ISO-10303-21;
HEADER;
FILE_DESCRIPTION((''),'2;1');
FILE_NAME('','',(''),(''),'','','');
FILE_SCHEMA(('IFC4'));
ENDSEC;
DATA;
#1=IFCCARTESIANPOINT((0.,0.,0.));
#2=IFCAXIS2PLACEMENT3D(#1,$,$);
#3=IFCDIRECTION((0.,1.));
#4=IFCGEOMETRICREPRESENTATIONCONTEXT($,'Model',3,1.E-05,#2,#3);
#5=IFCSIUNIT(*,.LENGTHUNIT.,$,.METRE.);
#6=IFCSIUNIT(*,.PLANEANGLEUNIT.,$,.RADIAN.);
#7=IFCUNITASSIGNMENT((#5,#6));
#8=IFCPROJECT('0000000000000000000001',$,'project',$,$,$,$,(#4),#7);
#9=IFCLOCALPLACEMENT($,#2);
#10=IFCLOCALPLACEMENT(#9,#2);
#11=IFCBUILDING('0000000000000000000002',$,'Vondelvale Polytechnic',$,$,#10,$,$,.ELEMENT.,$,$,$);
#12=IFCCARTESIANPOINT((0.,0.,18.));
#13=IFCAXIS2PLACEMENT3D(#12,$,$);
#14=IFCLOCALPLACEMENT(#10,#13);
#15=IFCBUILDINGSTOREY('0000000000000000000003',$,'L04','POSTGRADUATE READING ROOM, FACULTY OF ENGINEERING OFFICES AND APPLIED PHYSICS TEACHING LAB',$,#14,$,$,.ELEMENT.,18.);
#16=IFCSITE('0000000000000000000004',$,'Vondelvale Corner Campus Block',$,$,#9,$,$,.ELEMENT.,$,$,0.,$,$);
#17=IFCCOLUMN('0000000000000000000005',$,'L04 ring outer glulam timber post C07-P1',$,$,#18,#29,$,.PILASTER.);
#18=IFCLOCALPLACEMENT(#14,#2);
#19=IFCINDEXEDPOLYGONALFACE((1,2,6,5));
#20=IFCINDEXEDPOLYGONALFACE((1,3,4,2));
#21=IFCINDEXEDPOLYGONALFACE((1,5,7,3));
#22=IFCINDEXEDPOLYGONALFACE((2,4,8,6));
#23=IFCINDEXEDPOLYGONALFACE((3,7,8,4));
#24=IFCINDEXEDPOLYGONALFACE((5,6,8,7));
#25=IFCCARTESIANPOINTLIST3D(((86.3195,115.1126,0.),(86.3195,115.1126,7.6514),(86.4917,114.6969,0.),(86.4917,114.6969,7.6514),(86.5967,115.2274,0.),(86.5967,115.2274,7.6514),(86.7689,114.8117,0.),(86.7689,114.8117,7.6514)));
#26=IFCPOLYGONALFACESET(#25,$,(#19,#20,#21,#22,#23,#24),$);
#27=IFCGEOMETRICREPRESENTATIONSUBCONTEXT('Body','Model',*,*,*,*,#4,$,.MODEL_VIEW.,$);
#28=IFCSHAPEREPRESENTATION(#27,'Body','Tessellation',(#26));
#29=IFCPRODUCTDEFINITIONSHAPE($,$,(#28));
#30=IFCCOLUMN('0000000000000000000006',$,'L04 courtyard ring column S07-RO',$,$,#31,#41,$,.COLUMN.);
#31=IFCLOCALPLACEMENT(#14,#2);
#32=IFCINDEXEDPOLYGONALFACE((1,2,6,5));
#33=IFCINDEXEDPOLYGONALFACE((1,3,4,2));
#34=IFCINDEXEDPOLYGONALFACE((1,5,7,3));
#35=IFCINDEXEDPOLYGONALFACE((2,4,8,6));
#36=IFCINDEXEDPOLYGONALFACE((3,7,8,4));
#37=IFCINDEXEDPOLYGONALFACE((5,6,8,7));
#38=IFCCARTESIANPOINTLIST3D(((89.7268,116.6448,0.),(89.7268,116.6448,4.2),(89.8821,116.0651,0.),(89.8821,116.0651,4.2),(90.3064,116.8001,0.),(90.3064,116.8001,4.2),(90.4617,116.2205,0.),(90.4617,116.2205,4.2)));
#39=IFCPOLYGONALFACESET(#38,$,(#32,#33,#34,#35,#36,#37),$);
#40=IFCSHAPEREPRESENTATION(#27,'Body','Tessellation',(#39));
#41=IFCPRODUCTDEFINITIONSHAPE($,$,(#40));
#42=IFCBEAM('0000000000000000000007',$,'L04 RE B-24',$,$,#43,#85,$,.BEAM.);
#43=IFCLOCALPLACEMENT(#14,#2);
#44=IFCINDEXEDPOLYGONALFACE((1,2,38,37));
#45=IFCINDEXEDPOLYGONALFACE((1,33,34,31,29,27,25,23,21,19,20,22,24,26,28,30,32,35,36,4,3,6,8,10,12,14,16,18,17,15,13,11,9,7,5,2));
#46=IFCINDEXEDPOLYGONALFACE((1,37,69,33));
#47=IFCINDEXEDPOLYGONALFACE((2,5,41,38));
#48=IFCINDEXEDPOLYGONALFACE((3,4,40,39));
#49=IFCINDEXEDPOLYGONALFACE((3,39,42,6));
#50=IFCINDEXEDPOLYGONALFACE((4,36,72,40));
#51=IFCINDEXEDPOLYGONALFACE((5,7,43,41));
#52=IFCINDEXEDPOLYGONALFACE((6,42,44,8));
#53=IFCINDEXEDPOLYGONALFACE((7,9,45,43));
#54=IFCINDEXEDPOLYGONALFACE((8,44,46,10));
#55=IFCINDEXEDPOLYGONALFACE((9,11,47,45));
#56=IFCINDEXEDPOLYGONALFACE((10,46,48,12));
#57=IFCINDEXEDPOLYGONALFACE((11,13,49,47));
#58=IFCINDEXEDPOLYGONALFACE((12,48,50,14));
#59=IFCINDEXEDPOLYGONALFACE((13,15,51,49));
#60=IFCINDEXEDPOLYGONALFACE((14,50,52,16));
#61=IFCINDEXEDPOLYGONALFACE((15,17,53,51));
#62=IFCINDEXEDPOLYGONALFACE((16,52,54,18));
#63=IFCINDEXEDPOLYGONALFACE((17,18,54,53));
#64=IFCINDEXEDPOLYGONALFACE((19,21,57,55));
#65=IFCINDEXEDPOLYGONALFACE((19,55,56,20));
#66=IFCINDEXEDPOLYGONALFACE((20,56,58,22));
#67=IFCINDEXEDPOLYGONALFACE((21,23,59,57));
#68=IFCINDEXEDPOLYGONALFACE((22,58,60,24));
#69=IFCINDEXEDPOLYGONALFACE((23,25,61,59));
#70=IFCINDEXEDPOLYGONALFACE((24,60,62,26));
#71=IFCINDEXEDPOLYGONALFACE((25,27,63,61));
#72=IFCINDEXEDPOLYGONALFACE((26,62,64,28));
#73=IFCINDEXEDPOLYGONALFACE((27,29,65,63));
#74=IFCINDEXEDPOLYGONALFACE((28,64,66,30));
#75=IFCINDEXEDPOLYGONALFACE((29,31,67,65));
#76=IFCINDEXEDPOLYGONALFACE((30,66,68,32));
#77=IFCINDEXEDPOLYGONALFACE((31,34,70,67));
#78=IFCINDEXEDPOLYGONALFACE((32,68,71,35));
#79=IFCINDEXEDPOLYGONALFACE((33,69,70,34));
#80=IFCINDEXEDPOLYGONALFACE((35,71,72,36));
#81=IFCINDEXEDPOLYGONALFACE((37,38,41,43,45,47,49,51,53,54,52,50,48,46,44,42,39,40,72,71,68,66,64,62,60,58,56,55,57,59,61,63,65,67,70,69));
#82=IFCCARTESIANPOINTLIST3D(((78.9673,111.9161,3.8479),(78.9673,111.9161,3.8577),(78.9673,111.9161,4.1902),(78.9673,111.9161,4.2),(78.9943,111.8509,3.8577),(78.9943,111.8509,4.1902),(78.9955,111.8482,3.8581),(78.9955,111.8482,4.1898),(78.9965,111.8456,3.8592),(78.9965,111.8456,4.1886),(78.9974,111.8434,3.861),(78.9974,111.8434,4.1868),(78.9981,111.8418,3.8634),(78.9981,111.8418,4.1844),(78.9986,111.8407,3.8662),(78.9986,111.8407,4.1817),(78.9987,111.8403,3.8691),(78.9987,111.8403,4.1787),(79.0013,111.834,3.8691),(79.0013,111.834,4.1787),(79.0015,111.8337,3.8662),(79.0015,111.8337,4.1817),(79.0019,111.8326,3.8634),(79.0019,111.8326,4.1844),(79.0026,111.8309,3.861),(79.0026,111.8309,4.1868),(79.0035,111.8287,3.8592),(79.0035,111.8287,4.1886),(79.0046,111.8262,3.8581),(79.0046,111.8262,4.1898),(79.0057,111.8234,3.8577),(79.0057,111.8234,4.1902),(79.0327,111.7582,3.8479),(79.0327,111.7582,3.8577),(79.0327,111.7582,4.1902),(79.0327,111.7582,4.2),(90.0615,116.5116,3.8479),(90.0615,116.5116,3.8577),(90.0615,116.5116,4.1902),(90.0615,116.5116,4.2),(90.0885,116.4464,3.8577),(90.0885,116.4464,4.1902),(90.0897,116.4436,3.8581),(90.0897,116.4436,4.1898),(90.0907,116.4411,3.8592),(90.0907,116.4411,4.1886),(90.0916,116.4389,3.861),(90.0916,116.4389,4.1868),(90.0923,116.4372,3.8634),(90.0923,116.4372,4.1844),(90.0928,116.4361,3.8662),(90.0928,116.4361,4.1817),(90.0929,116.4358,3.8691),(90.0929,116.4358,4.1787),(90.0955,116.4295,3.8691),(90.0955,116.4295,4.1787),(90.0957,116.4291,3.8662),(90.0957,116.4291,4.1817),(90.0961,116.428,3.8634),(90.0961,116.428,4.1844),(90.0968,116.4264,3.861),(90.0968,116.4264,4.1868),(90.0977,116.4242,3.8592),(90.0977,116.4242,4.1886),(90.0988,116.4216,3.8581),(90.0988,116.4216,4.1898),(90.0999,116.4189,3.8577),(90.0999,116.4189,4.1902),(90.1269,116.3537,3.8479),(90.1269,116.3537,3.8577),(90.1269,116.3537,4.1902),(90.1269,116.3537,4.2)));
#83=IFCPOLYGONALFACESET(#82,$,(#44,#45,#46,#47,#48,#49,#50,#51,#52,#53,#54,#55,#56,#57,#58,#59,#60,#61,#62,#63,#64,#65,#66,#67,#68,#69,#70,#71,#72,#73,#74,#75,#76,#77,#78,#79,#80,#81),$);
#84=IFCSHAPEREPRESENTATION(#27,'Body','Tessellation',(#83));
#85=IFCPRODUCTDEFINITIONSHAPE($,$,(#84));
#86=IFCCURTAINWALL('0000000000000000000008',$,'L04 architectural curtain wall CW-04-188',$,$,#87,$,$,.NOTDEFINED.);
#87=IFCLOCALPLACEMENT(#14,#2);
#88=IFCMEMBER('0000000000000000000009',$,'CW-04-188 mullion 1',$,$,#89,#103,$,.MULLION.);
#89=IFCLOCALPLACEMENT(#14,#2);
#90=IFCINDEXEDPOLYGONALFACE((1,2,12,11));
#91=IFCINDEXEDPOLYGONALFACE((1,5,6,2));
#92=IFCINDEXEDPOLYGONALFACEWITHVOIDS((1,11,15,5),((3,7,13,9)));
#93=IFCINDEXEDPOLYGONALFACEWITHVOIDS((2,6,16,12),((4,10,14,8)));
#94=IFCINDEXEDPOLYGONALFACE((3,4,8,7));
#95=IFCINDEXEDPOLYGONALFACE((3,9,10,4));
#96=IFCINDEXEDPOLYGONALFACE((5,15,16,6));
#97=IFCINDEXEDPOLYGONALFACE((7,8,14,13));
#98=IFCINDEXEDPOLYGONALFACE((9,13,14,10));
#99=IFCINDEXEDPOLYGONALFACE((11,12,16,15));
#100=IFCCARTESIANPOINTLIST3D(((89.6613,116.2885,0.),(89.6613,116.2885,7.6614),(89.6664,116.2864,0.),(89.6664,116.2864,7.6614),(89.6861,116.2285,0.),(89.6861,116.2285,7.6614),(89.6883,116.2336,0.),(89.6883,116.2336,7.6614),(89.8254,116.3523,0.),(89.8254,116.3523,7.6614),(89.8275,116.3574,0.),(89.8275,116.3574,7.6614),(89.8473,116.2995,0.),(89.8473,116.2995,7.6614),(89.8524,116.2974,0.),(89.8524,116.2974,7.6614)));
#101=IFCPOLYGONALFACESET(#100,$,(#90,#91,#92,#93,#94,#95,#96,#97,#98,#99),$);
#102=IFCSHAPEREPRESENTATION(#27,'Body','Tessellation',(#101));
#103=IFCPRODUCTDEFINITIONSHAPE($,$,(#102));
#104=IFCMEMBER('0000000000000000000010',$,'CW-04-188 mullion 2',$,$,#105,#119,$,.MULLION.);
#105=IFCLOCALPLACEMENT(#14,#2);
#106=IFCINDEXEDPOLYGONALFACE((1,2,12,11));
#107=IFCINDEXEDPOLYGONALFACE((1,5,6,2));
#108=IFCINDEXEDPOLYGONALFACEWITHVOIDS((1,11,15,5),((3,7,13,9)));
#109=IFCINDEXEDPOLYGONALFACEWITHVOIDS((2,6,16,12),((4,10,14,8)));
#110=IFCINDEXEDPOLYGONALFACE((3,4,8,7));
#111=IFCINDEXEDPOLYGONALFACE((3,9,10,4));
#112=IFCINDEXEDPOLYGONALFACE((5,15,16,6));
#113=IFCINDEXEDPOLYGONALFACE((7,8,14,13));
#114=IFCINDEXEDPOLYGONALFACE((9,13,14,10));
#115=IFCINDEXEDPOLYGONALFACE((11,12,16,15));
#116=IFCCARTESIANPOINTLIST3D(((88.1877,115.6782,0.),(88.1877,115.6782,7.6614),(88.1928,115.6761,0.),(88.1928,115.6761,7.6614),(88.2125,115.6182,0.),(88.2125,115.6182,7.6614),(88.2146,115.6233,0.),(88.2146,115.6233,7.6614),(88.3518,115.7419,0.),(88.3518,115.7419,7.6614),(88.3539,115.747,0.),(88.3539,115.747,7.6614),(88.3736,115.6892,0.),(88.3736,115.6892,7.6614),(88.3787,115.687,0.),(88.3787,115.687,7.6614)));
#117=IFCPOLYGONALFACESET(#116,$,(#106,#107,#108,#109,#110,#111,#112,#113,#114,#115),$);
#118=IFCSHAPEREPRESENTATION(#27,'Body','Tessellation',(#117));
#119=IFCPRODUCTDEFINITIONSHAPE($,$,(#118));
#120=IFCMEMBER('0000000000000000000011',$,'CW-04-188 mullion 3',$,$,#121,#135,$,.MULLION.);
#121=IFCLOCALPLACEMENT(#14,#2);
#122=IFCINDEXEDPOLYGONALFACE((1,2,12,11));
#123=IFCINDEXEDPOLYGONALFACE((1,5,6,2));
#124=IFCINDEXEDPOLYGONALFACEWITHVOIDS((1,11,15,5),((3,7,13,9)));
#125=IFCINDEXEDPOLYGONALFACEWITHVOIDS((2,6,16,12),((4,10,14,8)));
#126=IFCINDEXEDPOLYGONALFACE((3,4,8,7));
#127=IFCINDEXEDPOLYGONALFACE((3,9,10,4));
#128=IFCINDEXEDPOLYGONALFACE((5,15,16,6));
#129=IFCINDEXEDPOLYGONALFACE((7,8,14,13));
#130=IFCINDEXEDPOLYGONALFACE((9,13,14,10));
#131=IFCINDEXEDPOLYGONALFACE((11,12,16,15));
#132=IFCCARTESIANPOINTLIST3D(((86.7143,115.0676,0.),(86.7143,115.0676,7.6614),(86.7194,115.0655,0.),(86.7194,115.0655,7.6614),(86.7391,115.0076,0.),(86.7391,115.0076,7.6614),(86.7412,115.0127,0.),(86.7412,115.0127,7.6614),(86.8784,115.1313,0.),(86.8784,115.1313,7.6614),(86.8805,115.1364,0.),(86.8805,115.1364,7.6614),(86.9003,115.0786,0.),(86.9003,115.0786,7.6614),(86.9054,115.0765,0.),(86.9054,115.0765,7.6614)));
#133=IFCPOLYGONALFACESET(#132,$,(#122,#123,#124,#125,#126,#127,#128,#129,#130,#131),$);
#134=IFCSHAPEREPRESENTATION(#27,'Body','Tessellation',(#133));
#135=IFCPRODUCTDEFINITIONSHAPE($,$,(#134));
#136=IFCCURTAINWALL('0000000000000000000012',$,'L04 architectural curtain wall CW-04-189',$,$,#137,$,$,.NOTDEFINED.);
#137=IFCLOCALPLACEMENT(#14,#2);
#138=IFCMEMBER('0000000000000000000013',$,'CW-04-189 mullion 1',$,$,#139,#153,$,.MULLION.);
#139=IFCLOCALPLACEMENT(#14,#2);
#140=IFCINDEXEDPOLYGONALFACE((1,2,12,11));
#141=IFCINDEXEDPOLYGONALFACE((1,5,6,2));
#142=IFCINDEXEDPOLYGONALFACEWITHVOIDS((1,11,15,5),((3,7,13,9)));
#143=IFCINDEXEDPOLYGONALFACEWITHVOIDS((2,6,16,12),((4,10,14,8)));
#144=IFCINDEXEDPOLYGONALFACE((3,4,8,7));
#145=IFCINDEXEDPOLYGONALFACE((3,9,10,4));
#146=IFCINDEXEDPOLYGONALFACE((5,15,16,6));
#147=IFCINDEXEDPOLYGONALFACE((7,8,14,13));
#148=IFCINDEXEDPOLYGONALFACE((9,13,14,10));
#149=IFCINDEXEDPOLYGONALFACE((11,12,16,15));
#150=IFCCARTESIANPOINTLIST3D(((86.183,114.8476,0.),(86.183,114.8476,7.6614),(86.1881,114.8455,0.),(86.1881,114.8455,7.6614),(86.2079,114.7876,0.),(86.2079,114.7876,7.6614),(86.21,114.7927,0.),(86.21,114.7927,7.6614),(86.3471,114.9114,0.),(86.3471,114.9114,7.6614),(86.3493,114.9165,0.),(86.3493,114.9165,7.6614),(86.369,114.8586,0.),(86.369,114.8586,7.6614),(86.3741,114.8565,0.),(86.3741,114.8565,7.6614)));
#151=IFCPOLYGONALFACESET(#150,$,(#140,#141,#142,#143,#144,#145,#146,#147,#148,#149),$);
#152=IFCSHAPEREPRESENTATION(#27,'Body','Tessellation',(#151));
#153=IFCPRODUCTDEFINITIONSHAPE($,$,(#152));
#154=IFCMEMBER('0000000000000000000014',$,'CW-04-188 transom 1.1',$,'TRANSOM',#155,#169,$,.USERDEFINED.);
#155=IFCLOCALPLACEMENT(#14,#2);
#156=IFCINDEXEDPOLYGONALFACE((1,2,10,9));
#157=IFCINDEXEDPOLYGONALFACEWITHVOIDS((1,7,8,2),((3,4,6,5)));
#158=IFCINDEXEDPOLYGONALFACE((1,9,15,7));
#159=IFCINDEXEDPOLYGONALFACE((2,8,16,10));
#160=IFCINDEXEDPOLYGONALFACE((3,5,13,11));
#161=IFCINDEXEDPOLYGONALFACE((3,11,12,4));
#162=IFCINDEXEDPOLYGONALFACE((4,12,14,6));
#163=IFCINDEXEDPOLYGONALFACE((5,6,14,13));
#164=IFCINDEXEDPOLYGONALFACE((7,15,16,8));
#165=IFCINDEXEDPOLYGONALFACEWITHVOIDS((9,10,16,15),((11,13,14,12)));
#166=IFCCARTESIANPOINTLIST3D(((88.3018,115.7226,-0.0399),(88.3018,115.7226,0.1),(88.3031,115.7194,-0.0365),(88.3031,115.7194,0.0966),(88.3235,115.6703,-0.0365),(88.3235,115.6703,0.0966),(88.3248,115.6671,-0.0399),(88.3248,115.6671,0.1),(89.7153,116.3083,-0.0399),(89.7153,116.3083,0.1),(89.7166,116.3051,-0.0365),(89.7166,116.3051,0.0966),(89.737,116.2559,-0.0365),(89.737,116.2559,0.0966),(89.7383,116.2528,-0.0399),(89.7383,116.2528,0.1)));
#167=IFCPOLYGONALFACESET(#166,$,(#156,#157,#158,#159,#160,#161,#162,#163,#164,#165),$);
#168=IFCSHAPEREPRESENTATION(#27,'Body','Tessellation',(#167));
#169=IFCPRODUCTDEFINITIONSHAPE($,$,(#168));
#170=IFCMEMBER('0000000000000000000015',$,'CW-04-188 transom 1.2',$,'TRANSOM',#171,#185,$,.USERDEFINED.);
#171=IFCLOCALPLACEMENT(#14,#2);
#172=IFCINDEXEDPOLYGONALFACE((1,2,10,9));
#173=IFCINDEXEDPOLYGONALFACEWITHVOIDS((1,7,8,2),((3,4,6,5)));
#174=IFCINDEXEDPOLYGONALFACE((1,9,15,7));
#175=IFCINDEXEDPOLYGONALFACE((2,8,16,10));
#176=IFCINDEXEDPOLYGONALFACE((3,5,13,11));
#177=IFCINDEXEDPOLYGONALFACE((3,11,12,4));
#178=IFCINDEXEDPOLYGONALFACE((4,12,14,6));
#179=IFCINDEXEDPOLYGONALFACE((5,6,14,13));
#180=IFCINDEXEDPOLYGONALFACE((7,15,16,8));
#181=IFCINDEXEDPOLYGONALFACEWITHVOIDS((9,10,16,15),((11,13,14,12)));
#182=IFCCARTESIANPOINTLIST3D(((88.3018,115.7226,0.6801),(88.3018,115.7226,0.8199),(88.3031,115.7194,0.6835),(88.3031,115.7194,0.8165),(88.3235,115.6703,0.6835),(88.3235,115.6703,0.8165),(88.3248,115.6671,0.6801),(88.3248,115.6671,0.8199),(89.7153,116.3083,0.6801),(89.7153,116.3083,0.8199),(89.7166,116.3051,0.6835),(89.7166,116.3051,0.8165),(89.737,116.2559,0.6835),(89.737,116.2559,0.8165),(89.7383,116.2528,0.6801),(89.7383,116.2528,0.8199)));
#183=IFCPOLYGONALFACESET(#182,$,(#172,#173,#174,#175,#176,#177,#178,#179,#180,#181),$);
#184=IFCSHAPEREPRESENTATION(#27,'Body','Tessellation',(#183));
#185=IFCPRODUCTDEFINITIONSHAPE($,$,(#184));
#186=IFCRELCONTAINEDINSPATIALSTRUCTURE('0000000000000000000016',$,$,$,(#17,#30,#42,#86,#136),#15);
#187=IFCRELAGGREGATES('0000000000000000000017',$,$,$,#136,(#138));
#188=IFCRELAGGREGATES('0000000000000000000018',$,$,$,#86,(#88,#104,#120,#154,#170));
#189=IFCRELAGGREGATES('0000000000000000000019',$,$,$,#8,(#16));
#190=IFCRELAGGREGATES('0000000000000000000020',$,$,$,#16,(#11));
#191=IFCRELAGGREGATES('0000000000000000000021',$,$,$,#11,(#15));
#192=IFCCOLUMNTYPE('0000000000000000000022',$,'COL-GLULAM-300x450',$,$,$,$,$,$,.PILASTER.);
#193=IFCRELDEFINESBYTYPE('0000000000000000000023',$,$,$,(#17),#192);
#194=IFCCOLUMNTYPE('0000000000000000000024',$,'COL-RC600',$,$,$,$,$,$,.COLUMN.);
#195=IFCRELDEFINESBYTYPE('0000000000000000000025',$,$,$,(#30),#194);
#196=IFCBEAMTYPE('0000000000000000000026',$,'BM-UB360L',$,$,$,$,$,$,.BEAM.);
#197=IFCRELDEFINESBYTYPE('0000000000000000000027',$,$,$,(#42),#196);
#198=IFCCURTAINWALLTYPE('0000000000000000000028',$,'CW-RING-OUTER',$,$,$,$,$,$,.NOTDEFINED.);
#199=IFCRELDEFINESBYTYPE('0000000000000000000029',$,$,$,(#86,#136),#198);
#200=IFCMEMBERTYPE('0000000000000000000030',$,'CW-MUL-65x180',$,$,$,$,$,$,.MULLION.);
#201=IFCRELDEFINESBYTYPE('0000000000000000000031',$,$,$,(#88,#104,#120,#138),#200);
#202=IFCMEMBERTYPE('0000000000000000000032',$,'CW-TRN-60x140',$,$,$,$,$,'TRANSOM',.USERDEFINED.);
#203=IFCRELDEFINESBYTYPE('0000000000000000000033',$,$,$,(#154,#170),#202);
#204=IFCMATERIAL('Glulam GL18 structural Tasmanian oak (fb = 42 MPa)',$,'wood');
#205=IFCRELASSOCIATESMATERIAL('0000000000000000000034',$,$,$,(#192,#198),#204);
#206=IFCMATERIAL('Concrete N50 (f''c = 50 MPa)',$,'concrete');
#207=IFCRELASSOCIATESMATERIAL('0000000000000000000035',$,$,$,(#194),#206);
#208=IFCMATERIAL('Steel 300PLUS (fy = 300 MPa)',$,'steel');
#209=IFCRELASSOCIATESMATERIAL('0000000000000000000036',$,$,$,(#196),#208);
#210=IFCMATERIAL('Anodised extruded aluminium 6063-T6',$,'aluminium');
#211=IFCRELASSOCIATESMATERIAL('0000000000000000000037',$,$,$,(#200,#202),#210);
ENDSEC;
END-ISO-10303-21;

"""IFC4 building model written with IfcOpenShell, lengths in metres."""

from ifc_helpers import new_model, si_unit, direction, frame, origin, origin_2d, place, context, subcontext, project, spatial, rectangle, hollow_rectangle, i_section, extrude, material, material_profile, profile_set, type_object, element, aggregate, save


model = new_model("IFC4")

# Units and contexts
model_context = context("Model", 3, precision=1e-05, world=origin(), true_north=direction((0.0, 1.0)))
body_context = subcontext(model_context, "Body", "Model", "MODEL_VIEW")
ifc_project = project(units=[si_unit("LENGTHUNIT", "METRE"), si_unit("PLANEANGLEUNIT", "RADIAN")], contexts=[model_context])

# Site, building, storey
site_placement = place(None, origin())
site = spatial("IfcSite", under=ifc_project, at=site_placement, Name="Vondelvale Corner Campus Block", CompositionType="ELEMENT", RefElevation=0.0)
building_placement = place(site_placement, origin())
building = spatial("IfcBuilding", under=site, at=building_placement, Name="Vondelvale Polytechnic", CompositionType="ELEMENT")
storey_placement = place(building_placement, frame((0.0, 0.0, 18.0)))
storey = spatial("IfcBuildingStorey", under=building, at=storey_placement, Name="L04", Description="POSTGRADUATE READING ROOM, FACULTY OF ENGINEERING OFFICES AND APPLIED PHYSICS TEACHING LAB", CompositionType="ELEMENT", Elevation=18.0)

# Columns
ifc_material_1 = material(Name="Glulam GL18 structural Tasmanian oak (fb = 42 MPa)", Category="wood")
ifc_material_profile_1 = material_profile(ifc_material_1, rectangle(XDim=0.3, YDim=0.45, at=origin_2d()), Name="GL-POST-300x450")
ifc_profile_set_1 = profile_set([ifc_material_profile_1], Name="Glulam GL18 structural Tasmanian oak (fb = 42 MPa)")
column_type_1 = type_object("IfcColumnType", Name="COL-GLULAM-300x450", PredefinedType="PILASTER", material=ifc_profile_set_1)
column_1_placement = place(storey_placement, frame((86.5442, 114.9622, 0.0), z_axis=(0.0, 0.0, 1.0), x_axis=(0.92388, 0.382683, 0.0)))
element("IfcColumn", 1, at=column_1_placement, inside=storey, type_object=column_type_1, Name="L04 ring outer glulam timber post C07-P1", PredefinedType="PILASTER", context=body_context, shape_type="SweptSolid", body=[
    extrude(rectangle(XDim=0.3, YDim=0.45, at=origin_2d()), origin(), (0.0, 0.0, 1.0), 7.6514),
])
ifc_material_2 = material(Name="Concrete N50 (f'c = 50 MPa)", Category="concrete")
ifc_material_profile_2 = material_profile(ifc_material_2, rectangle(XDim=0.6001, YDim=0.6001, at=origin_2d()), Name="RC-COL-600x600")
ifc_profile_set_2 = profile_set([ifc_material_profile_2], Name="Concrete N50 (f'c = 50 MPa)")
column_type_2 = type_object("IfcColumnType", Name="COL-RC600", PredefinedType="COLUMN", material=ifc_profile_set_2)
column_2_placement = place(storey_placement, frame((90.0942, 116.4326, 0.0), z_axis=(0.0, 0.0, 1.0), x_axis=(-0.258819, 0.965926, 0.0)))
element("IfcColumn", 2, at=column_2_placement, inside=storey, type_object=column_type_2, Name="L04 courtyard ring column S07-RO", PredefinedType="COLUMN", context=body_context, shape_type="SweptSolid", body=[
    extrude(rectangle(XDim=0.6001, YDim=0.6001, at=origin_2d()), origin(), (0.0, 0.0, 1.0), 4.2),
])

# Beam
ifc_material_3 = material(Name="Steel 300PLUS (fy = 300 MPa)", Category="steel")
ifc_material_profile_3 = material_profile(ifc_material_3, i_section(OverallWidth=0.1709, OverallDepth=0.3521, WebThickness=0.0068, FlangeThickness=0.0098, FilletRadius=0.0115, at=origin_2d()), Name="360UB44.7")
ifc_profile_set_3 = profile_set([ifc_material_profile_3], Name="Steel 300PLUS (fy = 300 MPa)")
beam_type = type_object("IfcBeamType", Name="BM-UB360L", PredefinedType="BEAM", material=ifc_profile_set_3)
beam_placement = place(storey_placement, frame((90.0942, 116.4326, 4.0239), z_axis=(-0.923877, -0.382689, 0.0), x_axis=(0.382689, -0.923877, 0.0)))
element("IfcBeam", 3, at=beam_placement, inside=storey, type_object=beam_type, Name="L04 RE B-24", PredefinedType="BEAM", context=body_context, shape_type="SweptSolid", body=[
    extrude(i_section(OverallWidth=0.1709, OverallDepth=0.3521, WebThickness=0.0068, FlangeThickness=0.0098, FilletRadius=0.0115, at=origin_2d()), origin(), (0.0, 0.0, 1.0), 12.0083),
])

# Curtain wall, members
curtain_wall_type = type_object("IfcCurtainWallType", Name="CW-RING-OUTER", PredefinedType="NOTDEFINED", material=ifc_material_1)
curtain_wall_1_placement = place(storey_placement, origin())
curtain_wall_1 = element("IfcCurtainWall", 4, at=curtain_wall_1_placement, inside=storey, type_object=curtain_wall_type, Name="L04 architectural curtain wall CW-04-188", PredefinedType="NOTDEFINED")
ifc_material_4 = material(Name="Anodised extruded aluminium 6063-T6", Category="aluminium")
ifc_material_profile_4 = material_profile(ifc_material_4, hollow_rectangle(XDim=0.0649, YDim=0.1799, WallThickness=0.0039, at=origin_2d()), Name="CW-MUL-180x65")
ifc_profile_set_4 = profile_set([ifc_material_profile_4], Name="Anodised extruded aluminium 6063-T6")
member_type_1 = type_object("IfcMemberType", Name="CW-MUL-65x180", PredefinedType="MULLION", material=ifc_profile_set_4)
member_1_placement = place(storey_placement, frame((89.7568, 116.293, 0.0), z_axis=(0.0, 0.0, 1.0), x_axis=(0.382677, -0.923882, 0.0)))
member_1 = element("IfcMember", 5, at=member_1_placement, type_object=member_type_1, Name="CW-04-188 mullion 1", PredefinedType="MULLION", context=body_context, shape_type="SweptSolid", body=[
    extrude(hollow_rectangle(XDim=0.0649, YDim=0.1799, WallThickness=0.0039, at=origin_2d()), origin(), (0.0, 0.0, 1.0), 7.6614),
])
member_2_placement = place(storey_placement, frame((88.2832, 115.6826, 0.0), z_axis=(0.0, 0.0, 1.0), x_axis=(0.382677, -0.923882, 0.0)))
member_2 = element("IfcMember", 6, at=member_2_placement, type_object=member_type_1, Name="CW-04-188 mullion 2", PredefinedType="MULLION", context=body_context, shape_type="SweptSolid", body=[
    extrude(hollow_rectangle(XDim=0.0649, YDim=0.1799, WallThickness=0.0039, at=origin_2d()), origin(), (0.0, 0.0, 1.0), 7.6614),
])
member_3_placement = place(storey_placement, frame((86.8098, 115.072, 0.0), z_axis=(0.0, 0.0, 1.0), x_axis=(0.382677, -0.923882, 0.0)))
member_3 = element("IfcMember", 7, at=member_3_placement, type_object=member_type_1, Name="CW-04-188 mullion 3", PredefinedType="MULLION", context=body_context, shape_type="SweptSolid", body=[
    extrude(hollow_rectangle(XDim=0.0649, YDim=0.1799, WallThickness=0.0039, at=origin_2d()), origin(), (0.0, 0.0, 1.0), 7.6614),
])

# Curtain wall, member
curtain_wall_2_placement = place(storey_placement, origin())
curtain_wall_2 = element("IfcCurtainWall", 8, at=curtain_wall_2_placement, inside=storey, type_object=curtain_wall_type, Name="L04 architectural curtain wall CW-04-189", PredefinedType="NOTDEFINED")
member_4_placement = place(storey_placement, frame((86.2786, 114.8521, 0.0), z_axis=(0.0, 0.0, 1.0), x_axis=(0.382695, -0.923875, 0.0)))
member_4 = element("IfcMember", 9, at=member_4_placement, type_object=member_type_1, Name="CW-04-189 mullion 1", PredefinedType="MULLION", context=body_context, shape_type="SweptSolid", body=[
    extrude(hollow_rectangle(XDim=0.0649, YDim=0.1799, WallThickness=0.0039, at=origin_2d()), origin(), (0.0, 0.0, 1.0), 7.6614),
])

# Members
ifc_material_profile_5 = material_profile(ifc_material_4, hollow_rectangle(XDim=0.0601, YDim=0.1399, WallThickness=0.0034, at=origin_2d()), Name="CW-TRN-140x60")
ifc_profile_set_5 = profile_set([ifc_material_profile_5], Name="Anodised extruded aluminium 6063-T6")
member_type_2 = type_object("IfcMemberType", Name="CW-TRN-60x140", ElementType="TRANSOM", PredefinedType="USERDEFINED", material=ifc_profile_set_5)
member_5_placement = place(storey_placement, frame((89.7268, 116.2805, 0.03), z_axis=(-0.92384, -0.382779, 0.0), x_axis=(0.382779, -0.92384, 0.0)))
member_5 = element("IfcMember", 10, at=member_5_placement, type_object=member_type_2, Name="CW-04-188 transom 1.1", ObjectType="TRANSOM", PredefinedType="USERDEFINED", context=body_context, shape_type="SweptSolid", body=[
    extrude(hollow_rectangle(XDim=0.0601, YDim=0.1399, WallThickness=0.0034, at=origin_2d()), origin(), (0.0, 0.0, 1.0), 1.53),
])
member_6_placement = place(storey_placement, frame((89.7268, 116.2805, 0.75), z_axis=(-0.92384, -0.382779, 0.0), x_axis=(0.382779, -0.92384, 0.0)))
member_6 = element("IfcMember", 11, at=member_6_placement, type_object=member_type_2, Name="CW-04-188 transom 1.2", ObjectType="TRANSOM", PredefinedType="USERDEFINED", context=body_context, shape_type="SweptSolid", body=[
    extrude(hollow_rectangle(XDim=0.0601, YDim=0.1399, WallThickness=0.0034, at=origin_2d()), origin(), (0.0, 0.0, 1.0), 1.53),
])
aggregate(curtain_wall_2, [member_4])

aggregate(curtain_wall_1, [member_1, member_2, member_3, member_5, member_6])

save(model, "model.ifc")
